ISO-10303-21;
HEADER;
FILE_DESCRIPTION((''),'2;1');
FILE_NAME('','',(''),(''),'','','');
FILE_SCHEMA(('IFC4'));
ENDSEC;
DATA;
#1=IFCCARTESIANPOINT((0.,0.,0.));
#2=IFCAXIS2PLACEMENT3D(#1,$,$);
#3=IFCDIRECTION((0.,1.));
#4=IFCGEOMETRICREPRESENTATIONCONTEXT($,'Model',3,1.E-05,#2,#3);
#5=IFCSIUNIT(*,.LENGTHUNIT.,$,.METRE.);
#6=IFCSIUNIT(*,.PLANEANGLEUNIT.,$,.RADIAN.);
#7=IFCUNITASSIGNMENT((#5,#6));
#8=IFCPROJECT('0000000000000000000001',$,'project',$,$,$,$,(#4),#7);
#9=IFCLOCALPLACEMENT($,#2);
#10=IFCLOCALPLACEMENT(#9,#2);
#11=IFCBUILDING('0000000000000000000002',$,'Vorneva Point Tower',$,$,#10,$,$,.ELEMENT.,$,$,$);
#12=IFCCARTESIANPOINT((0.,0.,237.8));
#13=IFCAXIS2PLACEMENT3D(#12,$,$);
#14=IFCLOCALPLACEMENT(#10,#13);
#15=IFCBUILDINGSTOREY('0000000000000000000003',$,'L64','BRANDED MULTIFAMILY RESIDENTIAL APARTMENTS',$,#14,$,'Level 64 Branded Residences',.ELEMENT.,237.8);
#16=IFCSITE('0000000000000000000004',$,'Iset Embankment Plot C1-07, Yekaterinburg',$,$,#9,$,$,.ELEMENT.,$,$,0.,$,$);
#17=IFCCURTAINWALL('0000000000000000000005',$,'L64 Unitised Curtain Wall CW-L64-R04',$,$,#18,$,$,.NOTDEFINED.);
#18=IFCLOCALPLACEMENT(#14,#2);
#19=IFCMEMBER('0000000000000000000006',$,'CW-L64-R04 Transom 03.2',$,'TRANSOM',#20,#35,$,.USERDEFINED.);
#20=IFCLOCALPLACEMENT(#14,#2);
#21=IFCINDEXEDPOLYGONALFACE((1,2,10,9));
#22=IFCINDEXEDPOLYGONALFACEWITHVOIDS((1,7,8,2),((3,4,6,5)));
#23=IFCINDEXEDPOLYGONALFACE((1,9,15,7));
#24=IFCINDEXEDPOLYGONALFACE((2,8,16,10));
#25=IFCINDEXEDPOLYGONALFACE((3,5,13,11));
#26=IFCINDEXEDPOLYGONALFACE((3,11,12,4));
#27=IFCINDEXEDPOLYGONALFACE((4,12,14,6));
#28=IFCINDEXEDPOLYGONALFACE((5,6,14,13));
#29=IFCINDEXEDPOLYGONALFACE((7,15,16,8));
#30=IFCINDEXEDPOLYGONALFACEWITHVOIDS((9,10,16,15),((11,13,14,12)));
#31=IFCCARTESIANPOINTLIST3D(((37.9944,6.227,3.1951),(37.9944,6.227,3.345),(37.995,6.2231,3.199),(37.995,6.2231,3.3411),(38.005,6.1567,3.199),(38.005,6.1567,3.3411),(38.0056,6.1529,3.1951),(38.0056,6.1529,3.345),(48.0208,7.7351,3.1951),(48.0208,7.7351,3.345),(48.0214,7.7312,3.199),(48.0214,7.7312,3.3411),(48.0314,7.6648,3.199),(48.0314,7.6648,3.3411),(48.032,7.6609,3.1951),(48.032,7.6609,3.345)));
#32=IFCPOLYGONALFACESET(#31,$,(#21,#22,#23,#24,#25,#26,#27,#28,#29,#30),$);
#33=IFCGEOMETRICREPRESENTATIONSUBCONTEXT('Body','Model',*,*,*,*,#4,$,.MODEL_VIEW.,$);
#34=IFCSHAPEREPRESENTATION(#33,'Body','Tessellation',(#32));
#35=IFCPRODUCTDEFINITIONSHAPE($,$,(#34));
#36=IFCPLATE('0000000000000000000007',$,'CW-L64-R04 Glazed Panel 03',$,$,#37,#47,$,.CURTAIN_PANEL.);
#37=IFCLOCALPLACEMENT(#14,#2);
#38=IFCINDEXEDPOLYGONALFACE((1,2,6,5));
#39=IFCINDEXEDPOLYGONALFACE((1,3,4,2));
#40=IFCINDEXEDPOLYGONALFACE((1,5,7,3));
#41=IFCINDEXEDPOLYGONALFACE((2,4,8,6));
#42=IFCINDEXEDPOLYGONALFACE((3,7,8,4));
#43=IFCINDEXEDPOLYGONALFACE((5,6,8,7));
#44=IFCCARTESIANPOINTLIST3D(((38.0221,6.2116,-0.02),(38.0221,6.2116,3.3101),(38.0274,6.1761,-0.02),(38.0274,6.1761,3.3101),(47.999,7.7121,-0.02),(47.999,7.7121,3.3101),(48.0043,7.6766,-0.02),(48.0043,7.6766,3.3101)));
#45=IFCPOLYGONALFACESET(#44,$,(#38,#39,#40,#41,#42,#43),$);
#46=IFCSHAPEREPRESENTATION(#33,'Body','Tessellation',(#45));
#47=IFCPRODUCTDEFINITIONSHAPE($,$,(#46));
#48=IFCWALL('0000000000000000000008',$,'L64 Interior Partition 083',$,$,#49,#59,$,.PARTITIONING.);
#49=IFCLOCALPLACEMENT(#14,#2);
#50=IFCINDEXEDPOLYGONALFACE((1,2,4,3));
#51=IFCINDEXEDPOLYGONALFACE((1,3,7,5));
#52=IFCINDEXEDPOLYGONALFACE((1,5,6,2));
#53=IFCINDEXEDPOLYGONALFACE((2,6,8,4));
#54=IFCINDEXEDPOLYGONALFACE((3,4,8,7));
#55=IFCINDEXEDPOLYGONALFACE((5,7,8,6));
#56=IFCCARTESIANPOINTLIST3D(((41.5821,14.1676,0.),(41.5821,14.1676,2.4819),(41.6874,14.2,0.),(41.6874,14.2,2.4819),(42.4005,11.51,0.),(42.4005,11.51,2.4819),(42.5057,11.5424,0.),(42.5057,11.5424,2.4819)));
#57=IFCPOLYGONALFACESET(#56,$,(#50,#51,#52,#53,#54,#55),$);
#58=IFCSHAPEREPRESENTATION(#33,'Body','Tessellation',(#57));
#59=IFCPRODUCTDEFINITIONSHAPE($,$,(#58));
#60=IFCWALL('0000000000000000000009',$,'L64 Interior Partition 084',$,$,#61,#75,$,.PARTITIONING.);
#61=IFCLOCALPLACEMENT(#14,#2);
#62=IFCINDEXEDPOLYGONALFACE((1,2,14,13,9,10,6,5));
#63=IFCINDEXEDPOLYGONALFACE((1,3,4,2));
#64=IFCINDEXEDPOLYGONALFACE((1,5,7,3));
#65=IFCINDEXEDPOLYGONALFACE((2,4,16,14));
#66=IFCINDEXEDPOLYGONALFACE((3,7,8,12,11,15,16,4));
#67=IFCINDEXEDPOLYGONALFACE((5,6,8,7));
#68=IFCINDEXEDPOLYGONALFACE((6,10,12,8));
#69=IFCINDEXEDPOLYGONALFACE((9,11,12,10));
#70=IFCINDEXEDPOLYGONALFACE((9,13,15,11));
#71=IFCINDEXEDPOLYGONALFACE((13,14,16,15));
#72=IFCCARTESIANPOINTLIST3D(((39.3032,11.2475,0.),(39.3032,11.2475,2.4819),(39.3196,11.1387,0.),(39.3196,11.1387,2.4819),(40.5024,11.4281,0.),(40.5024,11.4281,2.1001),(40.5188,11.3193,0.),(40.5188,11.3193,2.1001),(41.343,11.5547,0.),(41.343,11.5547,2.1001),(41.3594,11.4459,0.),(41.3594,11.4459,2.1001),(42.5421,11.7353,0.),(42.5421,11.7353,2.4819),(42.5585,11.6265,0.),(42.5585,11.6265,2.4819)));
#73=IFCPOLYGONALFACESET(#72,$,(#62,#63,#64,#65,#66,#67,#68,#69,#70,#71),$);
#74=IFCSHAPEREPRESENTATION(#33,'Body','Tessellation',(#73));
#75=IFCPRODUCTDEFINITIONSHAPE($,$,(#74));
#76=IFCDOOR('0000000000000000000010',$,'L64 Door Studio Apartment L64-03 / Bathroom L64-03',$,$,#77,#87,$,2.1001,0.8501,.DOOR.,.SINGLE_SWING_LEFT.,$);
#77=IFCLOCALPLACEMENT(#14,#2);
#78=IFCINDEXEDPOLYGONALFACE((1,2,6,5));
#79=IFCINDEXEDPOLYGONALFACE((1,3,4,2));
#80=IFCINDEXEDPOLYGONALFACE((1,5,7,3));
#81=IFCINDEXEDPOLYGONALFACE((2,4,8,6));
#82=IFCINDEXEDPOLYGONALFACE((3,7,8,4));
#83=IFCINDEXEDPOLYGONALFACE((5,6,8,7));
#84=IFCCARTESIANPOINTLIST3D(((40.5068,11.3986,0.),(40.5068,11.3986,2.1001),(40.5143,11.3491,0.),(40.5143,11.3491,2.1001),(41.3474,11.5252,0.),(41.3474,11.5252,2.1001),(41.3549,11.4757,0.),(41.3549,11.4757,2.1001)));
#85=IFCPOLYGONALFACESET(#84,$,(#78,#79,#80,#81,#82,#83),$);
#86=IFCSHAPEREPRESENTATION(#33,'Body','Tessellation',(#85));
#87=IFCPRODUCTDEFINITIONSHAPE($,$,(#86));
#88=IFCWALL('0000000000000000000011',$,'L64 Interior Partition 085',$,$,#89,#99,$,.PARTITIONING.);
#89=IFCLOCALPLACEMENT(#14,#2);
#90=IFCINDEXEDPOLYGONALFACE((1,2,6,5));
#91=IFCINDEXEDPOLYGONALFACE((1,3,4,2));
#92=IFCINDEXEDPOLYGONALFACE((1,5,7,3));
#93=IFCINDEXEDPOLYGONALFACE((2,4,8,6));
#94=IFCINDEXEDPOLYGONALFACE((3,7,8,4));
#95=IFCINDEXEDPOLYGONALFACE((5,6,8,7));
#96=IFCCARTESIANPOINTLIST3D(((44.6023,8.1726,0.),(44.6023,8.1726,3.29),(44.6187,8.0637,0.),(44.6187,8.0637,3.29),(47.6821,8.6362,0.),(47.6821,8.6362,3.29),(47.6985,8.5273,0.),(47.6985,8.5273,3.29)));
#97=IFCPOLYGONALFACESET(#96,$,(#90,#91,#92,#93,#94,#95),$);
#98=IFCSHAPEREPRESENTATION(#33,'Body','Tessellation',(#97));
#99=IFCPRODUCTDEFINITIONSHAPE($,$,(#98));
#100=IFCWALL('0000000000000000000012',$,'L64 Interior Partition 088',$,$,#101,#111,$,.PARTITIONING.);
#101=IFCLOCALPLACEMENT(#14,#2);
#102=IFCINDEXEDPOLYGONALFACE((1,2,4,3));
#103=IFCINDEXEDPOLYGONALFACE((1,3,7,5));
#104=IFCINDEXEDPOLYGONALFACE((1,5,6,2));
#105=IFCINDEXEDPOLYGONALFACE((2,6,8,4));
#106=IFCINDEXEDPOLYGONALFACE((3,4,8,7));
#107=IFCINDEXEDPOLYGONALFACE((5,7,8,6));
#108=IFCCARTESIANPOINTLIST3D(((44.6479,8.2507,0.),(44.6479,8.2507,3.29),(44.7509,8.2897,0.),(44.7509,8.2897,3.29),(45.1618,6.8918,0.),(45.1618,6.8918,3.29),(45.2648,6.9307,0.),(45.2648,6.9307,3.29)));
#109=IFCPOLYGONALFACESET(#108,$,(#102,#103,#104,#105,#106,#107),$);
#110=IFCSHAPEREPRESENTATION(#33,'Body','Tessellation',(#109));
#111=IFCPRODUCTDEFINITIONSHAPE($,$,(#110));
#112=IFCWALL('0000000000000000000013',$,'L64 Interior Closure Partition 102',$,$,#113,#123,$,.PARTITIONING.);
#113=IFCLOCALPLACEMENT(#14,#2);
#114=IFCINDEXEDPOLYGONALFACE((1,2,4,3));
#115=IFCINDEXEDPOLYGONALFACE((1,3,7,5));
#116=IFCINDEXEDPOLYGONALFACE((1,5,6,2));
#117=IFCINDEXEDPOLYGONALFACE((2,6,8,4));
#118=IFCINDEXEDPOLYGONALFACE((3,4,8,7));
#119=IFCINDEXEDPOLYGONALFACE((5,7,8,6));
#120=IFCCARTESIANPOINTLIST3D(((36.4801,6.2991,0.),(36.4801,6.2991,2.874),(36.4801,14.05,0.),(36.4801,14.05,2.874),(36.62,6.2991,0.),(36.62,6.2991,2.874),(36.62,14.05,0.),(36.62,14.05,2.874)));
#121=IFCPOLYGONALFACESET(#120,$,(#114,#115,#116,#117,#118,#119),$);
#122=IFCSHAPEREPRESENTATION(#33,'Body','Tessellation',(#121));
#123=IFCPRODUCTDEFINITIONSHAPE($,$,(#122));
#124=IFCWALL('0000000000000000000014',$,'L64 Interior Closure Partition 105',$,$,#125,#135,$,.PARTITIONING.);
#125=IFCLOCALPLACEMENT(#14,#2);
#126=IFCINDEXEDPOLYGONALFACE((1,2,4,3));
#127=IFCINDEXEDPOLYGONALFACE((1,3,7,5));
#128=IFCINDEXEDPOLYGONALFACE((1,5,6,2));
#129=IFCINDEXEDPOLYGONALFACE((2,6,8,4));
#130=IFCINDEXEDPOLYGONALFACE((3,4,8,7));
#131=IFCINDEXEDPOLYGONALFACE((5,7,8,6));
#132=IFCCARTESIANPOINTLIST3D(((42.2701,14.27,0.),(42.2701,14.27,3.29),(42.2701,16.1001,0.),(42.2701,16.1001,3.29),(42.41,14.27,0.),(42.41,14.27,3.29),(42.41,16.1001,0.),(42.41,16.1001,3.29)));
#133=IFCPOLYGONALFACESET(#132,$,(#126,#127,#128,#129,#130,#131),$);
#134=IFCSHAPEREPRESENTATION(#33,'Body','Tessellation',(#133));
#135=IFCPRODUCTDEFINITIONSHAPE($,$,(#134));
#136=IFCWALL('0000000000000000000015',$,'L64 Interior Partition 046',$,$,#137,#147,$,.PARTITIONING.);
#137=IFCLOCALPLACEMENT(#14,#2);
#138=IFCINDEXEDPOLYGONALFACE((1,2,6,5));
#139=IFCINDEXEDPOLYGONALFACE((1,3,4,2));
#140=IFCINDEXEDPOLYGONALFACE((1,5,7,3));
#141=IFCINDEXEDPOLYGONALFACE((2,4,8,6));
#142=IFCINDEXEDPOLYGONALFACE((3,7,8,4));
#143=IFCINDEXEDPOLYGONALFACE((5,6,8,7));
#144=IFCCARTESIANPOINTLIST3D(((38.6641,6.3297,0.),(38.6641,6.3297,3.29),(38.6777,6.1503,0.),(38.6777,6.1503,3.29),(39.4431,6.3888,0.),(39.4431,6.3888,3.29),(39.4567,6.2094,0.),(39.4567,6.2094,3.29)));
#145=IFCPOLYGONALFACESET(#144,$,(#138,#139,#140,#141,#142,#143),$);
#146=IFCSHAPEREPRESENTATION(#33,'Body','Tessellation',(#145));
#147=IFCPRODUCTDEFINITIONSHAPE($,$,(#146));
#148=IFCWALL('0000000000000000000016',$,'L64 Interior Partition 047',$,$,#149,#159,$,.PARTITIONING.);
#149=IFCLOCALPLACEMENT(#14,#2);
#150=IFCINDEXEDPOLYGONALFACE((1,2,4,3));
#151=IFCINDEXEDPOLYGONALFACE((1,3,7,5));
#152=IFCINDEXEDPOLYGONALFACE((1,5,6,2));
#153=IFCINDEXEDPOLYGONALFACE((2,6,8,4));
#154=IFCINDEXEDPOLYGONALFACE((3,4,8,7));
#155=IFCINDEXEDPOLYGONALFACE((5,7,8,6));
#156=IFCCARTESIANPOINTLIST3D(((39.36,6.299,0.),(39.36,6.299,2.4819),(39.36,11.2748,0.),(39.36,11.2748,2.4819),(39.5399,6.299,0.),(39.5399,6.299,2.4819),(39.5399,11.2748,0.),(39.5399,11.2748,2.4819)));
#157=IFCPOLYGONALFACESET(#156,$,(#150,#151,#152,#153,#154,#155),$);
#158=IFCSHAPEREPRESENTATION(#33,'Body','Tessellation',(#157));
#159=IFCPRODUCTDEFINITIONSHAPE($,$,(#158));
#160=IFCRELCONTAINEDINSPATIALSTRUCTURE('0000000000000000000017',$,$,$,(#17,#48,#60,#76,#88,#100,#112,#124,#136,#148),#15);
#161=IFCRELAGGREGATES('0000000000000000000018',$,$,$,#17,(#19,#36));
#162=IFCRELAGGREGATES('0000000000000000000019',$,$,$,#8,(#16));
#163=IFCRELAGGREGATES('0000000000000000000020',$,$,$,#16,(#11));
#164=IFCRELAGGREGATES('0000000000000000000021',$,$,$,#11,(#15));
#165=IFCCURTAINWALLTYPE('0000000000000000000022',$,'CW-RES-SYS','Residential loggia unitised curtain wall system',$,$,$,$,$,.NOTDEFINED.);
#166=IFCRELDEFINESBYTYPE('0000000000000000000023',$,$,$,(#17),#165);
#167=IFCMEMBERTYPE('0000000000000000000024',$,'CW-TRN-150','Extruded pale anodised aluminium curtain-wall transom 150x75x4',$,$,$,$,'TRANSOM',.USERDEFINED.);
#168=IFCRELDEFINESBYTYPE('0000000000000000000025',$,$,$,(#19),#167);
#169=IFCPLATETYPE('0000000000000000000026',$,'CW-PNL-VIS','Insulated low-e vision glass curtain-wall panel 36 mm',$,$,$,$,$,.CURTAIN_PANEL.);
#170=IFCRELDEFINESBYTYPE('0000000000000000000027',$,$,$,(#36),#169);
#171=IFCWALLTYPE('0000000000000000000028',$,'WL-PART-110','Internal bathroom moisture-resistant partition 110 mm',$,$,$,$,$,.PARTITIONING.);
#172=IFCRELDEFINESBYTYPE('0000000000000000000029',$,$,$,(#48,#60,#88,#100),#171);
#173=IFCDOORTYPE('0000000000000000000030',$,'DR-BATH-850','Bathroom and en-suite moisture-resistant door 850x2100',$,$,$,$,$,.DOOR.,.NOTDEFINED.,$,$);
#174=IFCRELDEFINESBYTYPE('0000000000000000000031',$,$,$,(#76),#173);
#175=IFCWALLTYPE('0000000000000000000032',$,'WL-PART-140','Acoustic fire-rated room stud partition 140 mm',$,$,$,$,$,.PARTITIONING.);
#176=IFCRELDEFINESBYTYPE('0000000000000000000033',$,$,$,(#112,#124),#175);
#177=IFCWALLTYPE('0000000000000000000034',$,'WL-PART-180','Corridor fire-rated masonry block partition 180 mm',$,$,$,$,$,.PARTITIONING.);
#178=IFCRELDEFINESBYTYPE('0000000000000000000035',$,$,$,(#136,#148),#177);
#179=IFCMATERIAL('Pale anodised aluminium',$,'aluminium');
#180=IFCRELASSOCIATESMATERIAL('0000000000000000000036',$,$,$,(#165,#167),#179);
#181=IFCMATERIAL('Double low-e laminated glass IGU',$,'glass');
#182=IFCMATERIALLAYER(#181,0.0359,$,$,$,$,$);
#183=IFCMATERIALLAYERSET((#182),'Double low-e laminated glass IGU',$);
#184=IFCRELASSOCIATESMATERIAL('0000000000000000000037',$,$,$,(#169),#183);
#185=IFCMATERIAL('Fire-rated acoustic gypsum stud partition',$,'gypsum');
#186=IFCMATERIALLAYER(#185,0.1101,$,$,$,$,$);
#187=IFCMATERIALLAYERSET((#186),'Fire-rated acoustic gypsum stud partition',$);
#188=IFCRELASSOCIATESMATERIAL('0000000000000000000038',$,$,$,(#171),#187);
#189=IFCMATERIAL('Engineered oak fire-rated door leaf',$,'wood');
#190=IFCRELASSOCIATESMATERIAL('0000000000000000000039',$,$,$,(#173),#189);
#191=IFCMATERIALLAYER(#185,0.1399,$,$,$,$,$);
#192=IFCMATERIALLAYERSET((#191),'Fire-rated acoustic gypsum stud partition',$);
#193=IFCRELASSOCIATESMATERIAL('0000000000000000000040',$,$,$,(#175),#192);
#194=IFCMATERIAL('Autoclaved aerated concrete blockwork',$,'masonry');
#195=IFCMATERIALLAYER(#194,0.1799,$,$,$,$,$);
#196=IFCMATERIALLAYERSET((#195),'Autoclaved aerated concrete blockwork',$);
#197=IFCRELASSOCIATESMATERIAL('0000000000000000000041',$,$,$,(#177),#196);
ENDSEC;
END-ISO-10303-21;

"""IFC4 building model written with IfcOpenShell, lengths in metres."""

from ifc_helpers import new_model, si_unit, direction, frame, frame_2d, origin, origin_2d, place, context, subcontext, project, spatial, rectangle, hollow_rectangle, extrude, material, layer, layer_set, material_profile, profile_set, type_object, element, fill, aggregate, save


model = new_model("IFC4")

# Units and contexts
model_context = context("Model", 3, precision=1e-05, world=origin(), true_north=direction((0.0, 1.0)))
body_context = subcontext(model_context, "Body", "Model", "MODEL_VIEW")
ifc_project = project(units=[si_unit("LENGTHUNIT", "METRE"), si_unit("PLANEANGLEUNIT", "RADIAN")], contexts=[model_context])

# Site, building, storey
site_placement = place(None, origin())
site = spatial("IfcSite", under=ifc_project, at=site_placement, Name="Iset Embankment Plot C1-07, Yekaterinburg", CompositionType="ELEMENT", RefElevation=0.0)
building_placement = place(site_placement, origin())
building = spatial("IfcBuilding", under=site, at=building_placement, Name="Vorneva Point Tower", CompositionType="ELEMENT")
storey_placement = place(building_placement, frame((0.0, 0.0, 237.8)))
storey = spatial("IfcBuildingStorey", under=building, at=storey_placement, Name="L64", Description="BRANDED MULTIFAMILY RESIDENTIAL APARTMENTS", LongName="Level 64 Branded Residences", CompositionType="ELEMENT", Elevation=237.8)

# Curtain wall, member, plate
ifc_material_1 = material(Name="Pale anodised aluminium", Category="aluminium")
curtain_wall_type = type_object("IfcCurtainWallType", Name="CW-RES-SYS", Description="Residential loggia unitised curtain wall system", PredefinedType="NOTDEFINED", material=ifc_material_1)
curtain_wall_placement = place(storey_placement, origin())
curtain_wall = element("IfcCurtainWall", 1, at=curtain_wall_placement, inside=storey, type_object=curtain_wall_type, Name="L64 Unitised Curtain Wall CW-L64-R04", PredefinedType="NOTDEFINED")
ifc_material_profile_1 = material_profile(ifc_material_1, hollow_rectangle(XDim=0.075, YDim=0.1499, WallThickness=0.0039, at=origin_2d()), Name="AL-TRN 150x75x4")
ifc_profile_set_1 = profile_set([ifc_material_profile_1], Name="Pale anodised aluminium")
member_type_1 = type_object("IfcMemberType", Name="CW-TRN-150", Description="Extruded pale anodised aluminium curtain-wall transom 150x75x4", ElementType="TRANSOM", PredefinedType="USERDEFINED", material=ifc_profile_set_1)
member_1_placement = place(storey_placement, frame((38.0, 6.1899, 3.27), z_axis=(0.988877, 0.148736, 0.0), x_axis=(-0.148736, 0.988877, 0.0)))
member_1 = element("IfcMember", 2, at=member_1_placement, type_object=member_type_1, Name="CW-L64-R04 Transom 03.2", ObjectType="TRANSOM", PredefinedType="USERDEFINED", context=body_context, shape_type="SweptSolid", body=[
    extrude(hollow_rectangle(XDim=0.075, YDim=0.1499, WallThickness=0.0039, at=origin_2d()), origin(), (0.0, 0.0, 1.0), 10.1392),
])
ifc_material_2 = material(Name="Double low-e laminated glass IGU", Category="glass")
ifc_layer_1 = layer(ifc_material_2, 0.0359)
ifc_layer_set_1 = layer_set([ifc_layer_1], Name="Double low-e laminated glass IGU")
plate_type = type_object("IfcPlateType", Name="CW-PNL-VIS", Description="Insulated low-e vision glass curtain-wall panel 36 mm", PredefinedType="CURTAIN_PANEL", material=ifc_layer_set_1)
plate_placement = place(storey_placement, frame((43.0132, 6.9441, -0.02), z_axis=(0.0, 0.0, 1.0), x_axis=(0.988879, 0.148724, 0.0)))
plate = element("IfcPlate", 3, at=plate_placement, type_object=plate_type, Name="CW-L64-R04 Glazed Panel 03", PredefinedType="CURTAIN_PANEL", context=body_context, shape_type="SweptSolid", body=[
    extrude(rectangle(XDim=10.0891, YDim=0.0359, at=origin_2d()), origin(), (0.0, 0.0, 1.0), 3.3301),
])
aggregate(curtain_wall, [member_1, plate])

# Wall
ifc_material_3 = material(Name="Fire-rated acoustic gypsum stud partition", Category="gypsum")
ifc_layer_2 = layer(ifc_material_3, 0.1101)
ifc_layer_set_2 = layer_set([ifc_layer_2], Name="Fire-rated acoustic gypsum stud partition")
wall_type_1 = type_object("IfcWallType", Name="WL-PART-110", Description="Internal bathroom moisture-resistant partition 110 mm", PredefinedType="PARTITIONING", material=ifc_layer_set_2)
wall_1_placement = place(storey_placement, frame((41.6348, 14.1838, 0.0), z_axis=(0.0, 0.0, 1.0), x_axis=(0.294283, -0.955718, 0.0)))
element("IfcWall", 4, at=wall_1_placement, inside=storey, type_object=wall_type_1, Name="L64 Interior Partition 083", PredefinedType="PARTITIONING", context=body_context, shape_type="SweptSolid", body=[
    extrude(rectangle(XDim=2.7808, YDim=0.1101, at=frame_2d((1.3904, 0.0))), origin(), (0.0, 0.0, 1.0), 2.4819),
])

# Wall, opening, door
wall_2_placement = place(storey_placement, frame((42.5503, 11.6809, 0.0), z_axis=(0.0, 0.0, 1.0), x_axis=(-0.988848, -0.148931, 0.0)))
wall_2 = element("IfcWall", 5, at=wall_2_placement, inside=storey, type_object=wall_type_1, Name="L64 Interior Partition 084", PredefinedType="PARTITIONING", context=body_context, shape_type="SweptSolid", body=[
    extrude(rectangle(XDim=3.2754, YDim=0.1101, at=frame_2d((1.6377, 0.0))), origin(), (0.0, 0.0, 1.0), 2.4819),
])
opening_1_placement = place(wall_2_placement, frame((1.2126, 0.0, 0.0)))
opening_1 = element("IfcOpeningElement", 6, at=opening_1_placement, cuts=wall_2, PredefinedType="OPENING", context=body_context, shape_type="SweptSolid", body=[
    extrude(rectangle(XDim=0.8501, YDim=2.1001, at=frame_2d((0.425, 1.05))), frame((0.0, 0.0698, 0.0), z_axis=(0.0, -1.0, 0.0), x_axis=(1.0, 0.0, 0.0)), (0.0, 0.0, 1.0), 0.1399),
])
ifc_material_4 = material(Name="Engineered oak fire-rated door leaf", Category="wood")
door_type_1 = type_object("IfcDoorType", Name="DR-BATH-850", Description="Bathroom and en-suite moisture-resistant door 850x2100", OperationType="NOTDEFINED", PredefinedType="DOOR", material=ifc_material_4)
door_1_placement = place(opening_1_placement, origin())
door_1 = element("IfcDoor", 7, at=door_1_placement, inside=storey, type_object=door_type_1, Name="L64 Door Studio Apartment L64-03 / Bathroom L64-03", OperationType="SINGLE_SWING_LEFT", OverallHeight=2.1001, OverallWidth=0.8501, PredefinedType="DOOR", context=body_context, shape_type="SweptSolid", body=[
    extrude(rectangle(XDim=0.8501, YDim=2.1001, at=frame_2d((0.425, 1.05))), frame((0.0, 0.0249, 0.0), z_axis=(0.0, -1.0, 0.0), x_axis=(1.0, 0.0, 0.0)), (0.0, 0.0, 1.0), 0.05),
])
fill(opening_1, door_1)

# Walls
wall_3_placement = place(storey_placement, frame((44.6106, 8.1182, 0.0), z_axis=(0.0, 0.0, 1.0), x_axis=(0.988859, 0.148858, 0.0)))
element("IfcWall", 8, at=wall_3_placement, inside=storey, type_object=wall_type_1, Name="L64 Interior Partition 085", PredefinedType="PARTITIONING", context=body_context, shape_type="SweptSolid", body=[
    extrude(rectangle(XDim=3.1145, YDim=0.1101, at=frame_2d((1.5571, 0.0))), origin(), (0.0, 0.0, 1.0), 3.29),
])
wall_4_placement = place(storey_placement, frame((45.2134, 6.9111, 0.0), z_axis=(0.0, 0.0, 1.0), x_axis=(-0.353737, 0.935345, 0.0)))
element("IfcWall", 9, at=wall_4_placement, inside=storey, type_object=wall_type_1, Name="L64 Interior Partition 088", PredefinedType="PARTITIONING", context=body_context, shape_type="SweptSolid", body=[
    extrude(rectangle(XDim=1.4529, YDim=0.1101, at=frame_2d((0.7266, 0.0))), origin(), (0.0, 0.0, 1.0), 3.29),
])
ifc_layer_3 = layer(ifc_material_3, 0.1399)
ifc_layer_set_3 = layer_set([ifc_layer_3], Name="Fire-rated acoustic gypsum stud partition")
wall_type_2 = type_object("IfcWallType", Name="WL-PART-140", Description="Acoustic fire-rated room stud partition 140 mm", PredefinedType="PARTITIONING", material=ifc_layer_set_3)
wall_5_placement = place(storey_placement, frame((36.55, 14.05, 0.0), z_axis=(0.0, 0.0, 1.0), x_axis=(0.0, -1.0, 0.0)))
element("IfcWall", 10, at=wall_5_placement, inside=storey, type_object=wall_type_2, Name="L64 Interior Closure Partition 102", PredefinedType="PARTITIONING", context=body_context, shape_type="SweptSolid", body=[
    extrude(rectangle(XDim=7.751, YDim=0.1399, at=frame_2d((3.8755, 0.0))), origin(), (0.0, 0.0, 1.0), 2.874),
])
wall_6_placement = place(storey_placement, frame((42.3401, 14.27, 0.0), z_axis=(0.0, 0.0, 1.0), x_axis=(0.0, 1.0, 0.0)))
element("IfcWall", 11, at=wall_6_placement, inside=storey, type_object=wall_type_2, Name="L64 Interior Closure Partition 105", PredefinedType="PARTITIONING", context=body_context, shape_type="SweptSolid", body=[
    extrude(rectangle(XDim=1.8301, YDim=0.1399, at=frame_2d((0.915, 0.0))), origin(), (0.0, 0.0, 1.0), 3.29),
])
ifc_material_5 = material(Name="Autoclaved aerated concrete blockwork", Category="masonry")
ifc_layer_4 = layer(ifc_material_5, 0.1799)
ifc_layer_set_4 = layer_set([ifc_layer_4], Name="Autoclaved aerated concrete blockwork")
wall_type_3 = type_object("IfcWallType", Name="WL-PART-180", Description="Corridor fire-rated masonry block partition 180 mm", PredefinedType="PARTITIONING", material=ifc_layer_set_4)
wall_7_placement = place(storey_placement, frame((38.6709, 6.24, 0.0), z_axis=(0.0, 0.0, 1.0), x_axis=(0.997137, 0.075621, 0.0)))
element("IfcWall", 12, at=wall_7_placement, inside=storey, type_object=wall_type_3, Name="L64 Interior Partition 046", PredefinedType="PARTITIONING", context=body_context, shape_type="SweptSolid", body=[
    extrude(rectangle(XDim=0.7812, YDim=0.1799, at=frame_2d((0.3906, 0.0))), origin(), (0.0, 0.0, 1.0), 3.29),
])
wall_8_placement = place(storey_placement, frame((39.45, 6.2991, 0.0), z_axis=(0.0, 0.0, 1.0), x_axis=(0.0, 1.0, 0.0)))
element("IfcWall", 13, at=wall_8_placement, inside=storey, type_object=wall_type_3, Name="L64 Interior Partition 047", PredefinedType="PARTITIONING", context=body_context, shape_type="SweptSolid", body=[
    extrude(rectangle(XDim=4.9758, YDim=0.1799, at=frame_2d((2.4878, 0.0))), origin(), (0.0, 0.0, 1.0), 2.4819),
])

save(model, "model.ifc")
